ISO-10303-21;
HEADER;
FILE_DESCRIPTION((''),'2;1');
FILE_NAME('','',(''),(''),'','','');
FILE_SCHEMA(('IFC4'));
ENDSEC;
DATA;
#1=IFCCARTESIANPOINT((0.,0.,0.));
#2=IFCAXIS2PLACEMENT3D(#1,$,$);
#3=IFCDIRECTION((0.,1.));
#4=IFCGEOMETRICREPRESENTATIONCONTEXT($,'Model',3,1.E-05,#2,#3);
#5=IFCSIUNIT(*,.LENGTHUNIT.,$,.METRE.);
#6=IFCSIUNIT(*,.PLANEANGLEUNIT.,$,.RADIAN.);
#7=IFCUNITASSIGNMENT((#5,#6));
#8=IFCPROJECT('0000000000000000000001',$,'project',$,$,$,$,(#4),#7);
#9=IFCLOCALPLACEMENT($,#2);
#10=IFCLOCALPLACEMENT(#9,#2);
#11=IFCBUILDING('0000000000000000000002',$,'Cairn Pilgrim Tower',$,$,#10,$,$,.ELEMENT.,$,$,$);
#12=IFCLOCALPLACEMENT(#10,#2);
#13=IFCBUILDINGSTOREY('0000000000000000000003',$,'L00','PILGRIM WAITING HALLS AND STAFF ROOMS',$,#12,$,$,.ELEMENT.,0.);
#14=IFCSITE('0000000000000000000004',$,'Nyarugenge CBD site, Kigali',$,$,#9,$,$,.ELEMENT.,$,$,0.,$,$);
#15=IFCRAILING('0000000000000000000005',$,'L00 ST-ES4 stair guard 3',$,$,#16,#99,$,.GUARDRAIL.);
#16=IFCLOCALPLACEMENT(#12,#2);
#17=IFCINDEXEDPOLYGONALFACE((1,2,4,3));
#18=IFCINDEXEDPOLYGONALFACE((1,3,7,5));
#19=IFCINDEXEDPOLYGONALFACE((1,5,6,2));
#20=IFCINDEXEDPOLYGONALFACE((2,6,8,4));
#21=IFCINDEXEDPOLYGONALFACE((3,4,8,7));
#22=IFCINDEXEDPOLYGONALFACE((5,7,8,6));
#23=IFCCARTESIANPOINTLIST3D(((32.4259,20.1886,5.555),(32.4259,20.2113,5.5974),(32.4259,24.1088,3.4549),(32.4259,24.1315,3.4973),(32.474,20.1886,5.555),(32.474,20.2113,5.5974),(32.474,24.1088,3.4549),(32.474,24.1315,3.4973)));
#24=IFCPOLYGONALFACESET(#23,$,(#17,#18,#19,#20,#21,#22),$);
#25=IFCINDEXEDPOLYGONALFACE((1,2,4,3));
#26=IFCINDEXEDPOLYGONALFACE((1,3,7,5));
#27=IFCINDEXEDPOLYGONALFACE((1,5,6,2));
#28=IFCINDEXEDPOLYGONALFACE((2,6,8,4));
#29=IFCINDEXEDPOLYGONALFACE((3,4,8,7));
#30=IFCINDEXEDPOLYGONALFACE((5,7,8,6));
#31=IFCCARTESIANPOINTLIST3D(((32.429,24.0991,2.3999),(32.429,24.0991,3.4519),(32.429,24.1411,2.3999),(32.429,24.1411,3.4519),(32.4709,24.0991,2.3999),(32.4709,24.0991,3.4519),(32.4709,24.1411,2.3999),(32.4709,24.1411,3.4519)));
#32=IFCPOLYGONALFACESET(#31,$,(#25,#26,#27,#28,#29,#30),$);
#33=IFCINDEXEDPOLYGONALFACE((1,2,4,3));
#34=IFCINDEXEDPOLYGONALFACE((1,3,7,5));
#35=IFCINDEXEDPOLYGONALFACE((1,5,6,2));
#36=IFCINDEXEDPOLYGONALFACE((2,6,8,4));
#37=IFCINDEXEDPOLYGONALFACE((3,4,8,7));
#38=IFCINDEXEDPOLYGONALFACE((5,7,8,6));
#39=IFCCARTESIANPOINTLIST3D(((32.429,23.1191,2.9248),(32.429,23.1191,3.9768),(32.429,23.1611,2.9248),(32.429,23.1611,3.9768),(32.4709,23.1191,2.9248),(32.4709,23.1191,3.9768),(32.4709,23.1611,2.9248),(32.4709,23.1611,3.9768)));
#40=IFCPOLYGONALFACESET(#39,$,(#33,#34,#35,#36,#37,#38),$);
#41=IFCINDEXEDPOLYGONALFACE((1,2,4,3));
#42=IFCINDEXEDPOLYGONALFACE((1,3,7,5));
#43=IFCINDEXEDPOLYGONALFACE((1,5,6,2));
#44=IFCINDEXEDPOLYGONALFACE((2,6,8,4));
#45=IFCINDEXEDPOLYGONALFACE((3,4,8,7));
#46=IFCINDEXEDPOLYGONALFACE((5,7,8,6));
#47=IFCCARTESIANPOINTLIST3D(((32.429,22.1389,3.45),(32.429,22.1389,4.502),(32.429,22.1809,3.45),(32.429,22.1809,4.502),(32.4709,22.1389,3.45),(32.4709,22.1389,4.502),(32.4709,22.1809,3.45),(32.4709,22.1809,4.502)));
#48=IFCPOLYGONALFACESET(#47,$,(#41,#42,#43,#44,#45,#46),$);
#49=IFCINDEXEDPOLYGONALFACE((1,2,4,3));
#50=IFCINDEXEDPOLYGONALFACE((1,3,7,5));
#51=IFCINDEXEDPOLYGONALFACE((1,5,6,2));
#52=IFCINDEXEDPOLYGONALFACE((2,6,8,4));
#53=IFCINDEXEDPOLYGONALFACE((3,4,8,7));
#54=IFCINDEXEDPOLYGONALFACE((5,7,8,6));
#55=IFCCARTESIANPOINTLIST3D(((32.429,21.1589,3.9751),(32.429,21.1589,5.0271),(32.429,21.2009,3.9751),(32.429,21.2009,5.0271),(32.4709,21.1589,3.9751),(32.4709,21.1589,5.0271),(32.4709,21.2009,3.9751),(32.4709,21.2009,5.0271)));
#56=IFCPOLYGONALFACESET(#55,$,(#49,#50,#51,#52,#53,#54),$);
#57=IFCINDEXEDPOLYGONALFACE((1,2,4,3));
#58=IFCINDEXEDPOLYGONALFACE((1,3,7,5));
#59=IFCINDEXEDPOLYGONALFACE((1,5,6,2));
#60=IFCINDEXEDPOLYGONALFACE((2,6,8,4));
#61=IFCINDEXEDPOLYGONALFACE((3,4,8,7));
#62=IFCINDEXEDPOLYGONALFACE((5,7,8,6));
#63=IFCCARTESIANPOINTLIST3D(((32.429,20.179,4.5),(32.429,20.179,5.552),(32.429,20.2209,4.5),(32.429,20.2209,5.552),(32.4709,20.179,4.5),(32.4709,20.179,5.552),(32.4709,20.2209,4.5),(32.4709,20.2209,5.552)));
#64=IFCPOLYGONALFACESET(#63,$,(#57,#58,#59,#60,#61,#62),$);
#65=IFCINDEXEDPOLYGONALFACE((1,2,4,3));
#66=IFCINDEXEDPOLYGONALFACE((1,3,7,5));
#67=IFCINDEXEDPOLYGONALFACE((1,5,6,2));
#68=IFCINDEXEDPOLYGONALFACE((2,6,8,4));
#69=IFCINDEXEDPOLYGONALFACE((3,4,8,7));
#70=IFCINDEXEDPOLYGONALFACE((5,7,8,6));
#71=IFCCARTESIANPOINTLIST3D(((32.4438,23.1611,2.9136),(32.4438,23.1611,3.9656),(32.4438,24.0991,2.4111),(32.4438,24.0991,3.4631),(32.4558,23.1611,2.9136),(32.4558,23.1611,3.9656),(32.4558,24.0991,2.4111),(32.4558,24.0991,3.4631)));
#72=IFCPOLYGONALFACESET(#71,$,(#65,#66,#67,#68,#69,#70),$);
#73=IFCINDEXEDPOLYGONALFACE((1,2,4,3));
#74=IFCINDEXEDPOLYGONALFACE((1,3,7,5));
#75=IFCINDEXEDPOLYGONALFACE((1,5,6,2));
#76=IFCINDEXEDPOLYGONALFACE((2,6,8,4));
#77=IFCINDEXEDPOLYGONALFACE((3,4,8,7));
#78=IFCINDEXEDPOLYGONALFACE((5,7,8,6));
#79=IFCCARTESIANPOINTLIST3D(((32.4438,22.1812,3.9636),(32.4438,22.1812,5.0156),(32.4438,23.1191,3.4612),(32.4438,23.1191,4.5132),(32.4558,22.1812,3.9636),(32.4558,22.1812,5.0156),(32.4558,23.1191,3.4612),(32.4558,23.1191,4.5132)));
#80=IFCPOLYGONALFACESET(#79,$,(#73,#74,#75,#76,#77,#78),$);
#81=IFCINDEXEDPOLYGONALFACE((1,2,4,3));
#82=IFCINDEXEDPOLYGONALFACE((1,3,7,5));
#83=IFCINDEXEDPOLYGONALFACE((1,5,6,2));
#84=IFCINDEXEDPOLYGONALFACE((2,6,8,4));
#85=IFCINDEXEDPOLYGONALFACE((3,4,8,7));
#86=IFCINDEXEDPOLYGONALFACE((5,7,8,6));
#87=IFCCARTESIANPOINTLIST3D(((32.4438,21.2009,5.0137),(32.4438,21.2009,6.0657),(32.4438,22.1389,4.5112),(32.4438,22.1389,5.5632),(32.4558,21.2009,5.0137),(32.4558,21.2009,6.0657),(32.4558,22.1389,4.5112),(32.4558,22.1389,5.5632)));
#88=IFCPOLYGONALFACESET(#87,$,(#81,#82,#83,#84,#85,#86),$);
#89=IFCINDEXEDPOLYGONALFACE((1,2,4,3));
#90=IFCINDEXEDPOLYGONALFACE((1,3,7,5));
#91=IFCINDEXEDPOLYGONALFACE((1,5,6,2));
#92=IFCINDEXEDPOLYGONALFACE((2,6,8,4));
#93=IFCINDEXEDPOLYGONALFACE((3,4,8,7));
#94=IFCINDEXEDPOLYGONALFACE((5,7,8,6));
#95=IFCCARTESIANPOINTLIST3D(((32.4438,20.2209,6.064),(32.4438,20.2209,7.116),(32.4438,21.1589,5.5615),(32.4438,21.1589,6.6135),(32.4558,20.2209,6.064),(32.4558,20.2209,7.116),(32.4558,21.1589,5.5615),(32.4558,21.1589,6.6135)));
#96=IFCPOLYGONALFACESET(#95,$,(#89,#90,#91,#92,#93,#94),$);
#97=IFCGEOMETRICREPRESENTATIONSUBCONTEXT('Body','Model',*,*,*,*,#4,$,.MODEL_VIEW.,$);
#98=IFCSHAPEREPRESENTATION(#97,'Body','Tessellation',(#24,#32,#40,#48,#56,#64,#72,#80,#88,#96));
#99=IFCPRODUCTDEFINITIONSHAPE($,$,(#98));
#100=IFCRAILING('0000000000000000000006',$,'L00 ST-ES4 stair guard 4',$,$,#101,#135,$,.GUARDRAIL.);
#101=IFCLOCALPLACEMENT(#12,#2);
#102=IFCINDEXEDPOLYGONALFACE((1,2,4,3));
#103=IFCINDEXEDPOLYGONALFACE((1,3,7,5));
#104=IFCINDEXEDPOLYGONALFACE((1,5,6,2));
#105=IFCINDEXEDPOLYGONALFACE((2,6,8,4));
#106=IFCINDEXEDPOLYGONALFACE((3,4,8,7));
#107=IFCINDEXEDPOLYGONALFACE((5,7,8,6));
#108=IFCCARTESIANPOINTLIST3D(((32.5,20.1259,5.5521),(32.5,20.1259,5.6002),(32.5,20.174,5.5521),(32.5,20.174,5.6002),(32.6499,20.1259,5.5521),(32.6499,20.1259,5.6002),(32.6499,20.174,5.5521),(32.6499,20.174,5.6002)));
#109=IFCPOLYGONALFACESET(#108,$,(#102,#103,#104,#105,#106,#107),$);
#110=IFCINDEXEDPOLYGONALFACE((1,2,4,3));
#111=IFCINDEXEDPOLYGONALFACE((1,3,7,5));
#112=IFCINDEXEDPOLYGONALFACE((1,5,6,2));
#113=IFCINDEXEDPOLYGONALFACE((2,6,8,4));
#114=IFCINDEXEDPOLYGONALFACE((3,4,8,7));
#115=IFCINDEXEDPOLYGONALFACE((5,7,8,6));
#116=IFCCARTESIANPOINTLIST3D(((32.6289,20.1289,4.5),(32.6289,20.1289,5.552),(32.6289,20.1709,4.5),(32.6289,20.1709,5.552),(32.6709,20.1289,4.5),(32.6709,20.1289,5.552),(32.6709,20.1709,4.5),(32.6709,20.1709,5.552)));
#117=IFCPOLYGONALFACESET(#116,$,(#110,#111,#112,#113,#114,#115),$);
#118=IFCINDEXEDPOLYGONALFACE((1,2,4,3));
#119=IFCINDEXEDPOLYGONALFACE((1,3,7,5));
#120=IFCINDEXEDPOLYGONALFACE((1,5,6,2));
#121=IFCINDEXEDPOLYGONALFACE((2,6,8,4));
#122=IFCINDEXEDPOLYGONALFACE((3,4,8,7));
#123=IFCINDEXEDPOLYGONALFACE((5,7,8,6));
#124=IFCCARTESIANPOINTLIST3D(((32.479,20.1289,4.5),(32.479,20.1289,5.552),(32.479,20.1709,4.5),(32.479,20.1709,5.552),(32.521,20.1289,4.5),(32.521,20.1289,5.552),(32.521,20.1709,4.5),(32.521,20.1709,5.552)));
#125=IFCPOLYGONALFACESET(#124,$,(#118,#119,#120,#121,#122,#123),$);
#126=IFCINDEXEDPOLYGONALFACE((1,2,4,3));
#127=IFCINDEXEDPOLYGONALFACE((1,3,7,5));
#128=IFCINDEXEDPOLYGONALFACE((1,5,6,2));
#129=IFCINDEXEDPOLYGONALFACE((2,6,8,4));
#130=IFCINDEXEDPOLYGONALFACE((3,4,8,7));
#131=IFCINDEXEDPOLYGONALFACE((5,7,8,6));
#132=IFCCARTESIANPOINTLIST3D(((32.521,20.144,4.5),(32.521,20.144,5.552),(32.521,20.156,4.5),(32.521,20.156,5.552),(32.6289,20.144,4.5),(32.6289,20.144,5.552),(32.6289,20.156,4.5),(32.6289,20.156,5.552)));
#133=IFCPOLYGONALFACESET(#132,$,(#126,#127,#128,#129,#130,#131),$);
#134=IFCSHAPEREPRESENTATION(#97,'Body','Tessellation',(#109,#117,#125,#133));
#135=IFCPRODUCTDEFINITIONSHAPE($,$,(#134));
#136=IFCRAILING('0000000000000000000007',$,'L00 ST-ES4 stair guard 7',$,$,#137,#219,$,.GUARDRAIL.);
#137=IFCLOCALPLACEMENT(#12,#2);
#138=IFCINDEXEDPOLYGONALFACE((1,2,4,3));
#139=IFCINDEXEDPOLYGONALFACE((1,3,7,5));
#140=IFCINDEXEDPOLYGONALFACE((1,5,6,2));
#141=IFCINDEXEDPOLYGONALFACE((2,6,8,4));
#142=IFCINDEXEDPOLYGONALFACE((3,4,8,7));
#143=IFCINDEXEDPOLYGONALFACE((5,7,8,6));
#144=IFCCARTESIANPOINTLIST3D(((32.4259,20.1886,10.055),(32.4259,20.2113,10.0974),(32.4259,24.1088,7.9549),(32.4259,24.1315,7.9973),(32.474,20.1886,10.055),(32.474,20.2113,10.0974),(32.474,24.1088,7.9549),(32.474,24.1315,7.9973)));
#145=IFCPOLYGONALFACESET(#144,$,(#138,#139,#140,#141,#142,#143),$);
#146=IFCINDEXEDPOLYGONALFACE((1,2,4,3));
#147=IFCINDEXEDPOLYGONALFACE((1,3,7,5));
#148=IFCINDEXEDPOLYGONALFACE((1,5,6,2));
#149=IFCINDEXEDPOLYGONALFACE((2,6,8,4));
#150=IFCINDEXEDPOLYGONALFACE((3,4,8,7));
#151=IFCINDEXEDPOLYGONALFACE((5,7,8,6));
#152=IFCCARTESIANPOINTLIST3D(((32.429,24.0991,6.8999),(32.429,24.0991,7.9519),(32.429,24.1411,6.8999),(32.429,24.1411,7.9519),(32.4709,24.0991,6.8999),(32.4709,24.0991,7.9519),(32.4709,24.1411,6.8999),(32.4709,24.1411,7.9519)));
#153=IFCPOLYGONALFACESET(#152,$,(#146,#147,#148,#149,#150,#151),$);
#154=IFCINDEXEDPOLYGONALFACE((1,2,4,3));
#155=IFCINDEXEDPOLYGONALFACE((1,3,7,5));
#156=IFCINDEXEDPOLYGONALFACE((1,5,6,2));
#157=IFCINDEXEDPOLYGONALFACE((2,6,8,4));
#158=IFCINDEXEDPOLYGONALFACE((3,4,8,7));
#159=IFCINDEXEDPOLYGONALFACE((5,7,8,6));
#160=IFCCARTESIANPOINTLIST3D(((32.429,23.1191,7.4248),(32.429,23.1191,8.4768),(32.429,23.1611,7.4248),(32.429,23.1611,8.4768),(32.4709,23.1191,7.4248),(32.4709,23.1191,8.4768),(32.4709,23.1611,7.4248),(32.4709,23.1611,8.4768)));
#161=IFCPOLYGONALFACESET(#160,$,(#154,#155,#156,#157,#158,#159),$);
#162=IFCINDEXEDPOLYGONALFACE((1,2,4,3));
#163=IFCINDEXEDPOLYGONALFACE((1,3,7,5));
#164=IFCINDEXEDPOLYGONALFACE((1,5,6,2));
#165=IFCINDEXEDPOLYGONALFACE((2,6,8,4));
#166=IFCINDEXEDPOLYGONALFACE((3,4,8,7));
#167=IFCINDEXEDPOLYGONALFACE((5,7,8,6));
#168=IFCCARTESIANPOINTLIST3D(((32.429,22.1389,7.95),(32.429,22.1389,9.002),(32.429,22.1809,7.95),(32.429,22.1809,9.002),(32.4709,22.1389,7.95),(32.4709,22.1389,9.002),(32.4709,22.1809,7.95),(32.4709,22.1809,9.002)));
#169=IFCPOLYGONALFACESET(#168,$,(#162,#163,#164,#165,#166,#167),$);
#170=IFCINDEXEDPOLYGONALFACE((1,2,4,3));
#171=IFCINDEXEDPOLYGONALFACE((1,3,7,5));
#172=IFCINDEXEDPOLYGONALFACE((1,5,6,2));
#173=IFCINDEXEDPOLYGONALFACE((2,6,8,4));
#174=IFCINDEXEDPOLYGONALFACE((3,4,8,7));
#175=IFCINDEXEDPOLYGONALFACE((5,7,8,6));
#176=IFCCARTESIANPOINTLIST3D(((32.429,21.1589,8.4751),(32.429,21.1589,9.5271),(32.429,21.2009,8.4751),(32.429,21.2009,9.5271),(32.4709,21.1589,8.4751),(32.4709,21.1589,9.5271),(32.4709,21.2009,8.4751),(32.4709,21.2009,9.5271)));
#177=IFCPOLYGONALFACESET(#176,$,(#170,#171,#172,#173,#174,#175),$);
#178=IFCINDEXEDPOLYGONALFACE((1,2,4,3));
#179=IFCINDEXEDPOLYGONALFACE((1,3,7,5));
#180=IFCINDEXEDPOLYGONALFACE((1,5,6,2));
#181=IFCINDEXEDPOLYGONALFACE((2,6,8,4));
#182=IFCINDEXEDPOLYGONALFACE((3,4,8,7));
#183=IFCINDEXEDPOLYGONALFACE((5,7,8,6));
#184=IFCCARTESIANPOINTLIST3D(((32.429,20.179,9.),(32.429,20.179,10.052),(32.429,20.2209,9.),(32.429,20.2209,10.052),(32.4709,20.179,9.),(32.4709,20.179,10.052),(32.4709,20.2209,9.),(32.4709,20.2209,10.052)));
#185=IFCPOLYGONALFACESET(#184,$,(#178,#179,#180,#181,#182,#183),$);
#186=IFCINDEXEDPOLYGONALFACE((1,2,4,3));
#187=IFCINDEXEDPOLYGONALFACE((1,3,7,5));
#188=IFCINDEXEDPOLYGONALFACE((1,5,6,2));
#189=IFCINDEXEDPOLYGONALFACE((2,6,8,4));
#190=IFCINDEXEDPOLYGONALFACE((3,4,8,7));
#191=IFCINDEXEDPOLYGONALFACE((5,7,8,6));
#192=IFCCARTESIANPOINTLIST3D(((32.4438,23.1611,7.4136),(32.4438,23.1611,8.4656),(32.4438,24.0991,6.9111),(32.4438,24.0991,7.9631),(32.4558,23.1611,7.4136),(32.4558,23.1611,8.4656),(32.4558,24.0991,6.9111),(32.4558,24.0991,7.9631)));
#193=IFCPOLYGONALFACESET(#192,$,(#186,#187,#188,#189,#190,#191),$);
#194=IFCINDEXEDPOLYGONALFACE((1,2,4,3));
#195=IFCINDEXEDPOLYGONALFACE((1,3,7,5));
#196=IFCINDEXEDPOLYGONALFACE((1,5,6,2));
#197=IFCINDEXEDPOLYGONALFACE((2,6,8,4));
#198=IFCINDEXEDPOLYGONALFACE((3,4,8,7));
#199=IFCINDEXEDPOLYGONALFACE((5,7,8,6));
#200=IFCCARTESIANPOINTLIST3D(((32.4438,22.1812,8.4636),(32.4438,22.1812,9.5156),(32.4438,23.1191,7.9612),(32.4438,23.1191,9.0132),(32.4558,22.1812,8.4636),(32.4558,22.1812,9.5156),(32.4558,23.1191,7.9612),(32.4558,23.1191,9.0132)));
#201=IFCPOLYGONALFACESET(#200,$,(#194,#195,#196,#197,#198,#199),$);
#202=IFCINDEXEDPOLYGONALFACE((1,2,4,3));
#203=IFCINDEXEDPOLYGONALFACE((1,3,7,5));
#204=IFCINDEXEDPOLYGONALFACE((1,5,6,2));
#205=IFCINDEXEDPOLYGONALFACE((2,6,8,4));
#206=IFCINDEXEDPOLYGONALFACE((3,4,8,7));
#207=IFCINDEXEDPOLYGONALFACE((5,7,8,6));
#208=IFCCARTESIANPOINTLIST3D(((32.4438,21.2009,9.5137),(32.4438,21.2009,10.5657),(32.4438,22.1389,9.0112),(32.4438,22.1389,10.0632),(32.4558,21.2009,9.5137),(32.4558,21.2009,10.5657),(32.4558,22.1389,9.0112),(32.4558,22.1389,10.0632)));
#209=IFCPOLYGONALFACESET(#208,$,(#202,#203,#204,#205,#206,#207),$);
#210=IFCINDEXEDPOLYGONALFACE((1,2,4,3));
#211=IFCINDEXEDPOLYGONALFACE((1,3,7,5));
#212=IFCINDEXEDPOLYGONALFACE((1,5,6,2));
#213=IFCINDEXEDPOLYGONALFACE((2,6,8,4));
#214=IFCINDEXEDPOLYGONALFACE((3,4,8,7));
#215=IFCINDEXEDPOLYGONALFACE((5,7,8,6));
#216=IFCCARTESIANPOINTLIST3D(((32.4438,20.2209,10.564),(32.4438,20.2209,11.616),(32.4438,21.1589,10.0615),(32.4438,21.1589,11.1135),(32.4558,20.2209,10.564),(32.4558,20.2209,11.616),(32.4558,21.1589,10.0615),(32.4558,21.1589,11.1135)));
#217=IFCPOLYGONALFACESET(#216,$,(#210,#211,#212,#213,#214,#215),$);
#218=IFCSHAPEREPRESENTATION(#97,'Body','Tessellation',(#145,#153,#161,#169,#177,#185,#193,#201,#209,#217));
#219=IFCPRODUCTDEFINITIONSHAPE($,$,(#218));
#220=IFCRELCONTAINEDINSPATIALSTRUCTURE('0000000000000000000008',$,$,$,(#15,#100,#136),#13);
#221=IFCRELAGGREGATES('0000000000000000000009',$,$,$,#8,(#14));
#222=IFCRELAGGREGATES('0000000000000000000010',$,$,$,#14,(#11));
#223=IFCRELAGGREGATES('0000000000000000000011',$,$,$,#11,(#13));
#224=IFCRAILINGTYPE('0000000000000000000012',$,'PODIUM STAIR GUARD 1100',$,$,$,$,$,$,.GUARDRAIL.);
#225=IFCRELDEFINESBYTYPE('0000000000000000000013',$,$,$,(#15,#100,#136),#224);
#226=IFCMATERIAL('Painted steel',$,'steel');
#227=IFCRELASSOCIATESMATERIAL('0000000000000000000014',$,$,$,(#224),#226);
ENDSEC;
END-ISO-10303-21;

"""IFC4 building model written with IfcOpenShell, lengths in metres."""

from ifc_helpers import new_model, si_unit, direction, frame, origin, origin_2d, place, context, subcontext, project, spatial, polyline, rectangle, outline, extrude, material, type_object, element, save


model = new_model("IFC4")

# Units and contexts
model_context = context("Model", 3, precision=1e-05, world=origin(), true_north=direction((0.0, 1.0)))
body_context = subcontext(model_context, "Body", "Model", "MODEL_VIEW")
ifc_project = project(units=[si_unit("LENGTHUNIT", "METRE"), si_unit("PLANEANGLEUNIT", "RADIAN")], contexts=[model_context])

# Site, building, storey
site_placement = place(None, origin())
site = spatial("IfcSite", under=ifc_project, at=site_placement, Name="Nyarugenge CBD site, Kigali", CompositionType="ELEMENT", RefElevation=0.0)
building_placement = place(site_placement, origin())
building = spatial("IfcBuilding", under=site, at=building_placement, Name="Cairn Pilgrim Tower", CompositionType="ELEMENT")
storey_placement = place(building_placement, origin())
storey = spatial("IfcBuildingStorey", under=building, at=storey_placement, Name="L00", Description="PILGRIM WAITING HALLS AND STAFF ROOMS", CompositionType="ELEMENT", Elevation=0.0)

# Shared definitions
ifc_material_1 = material(Name="Painted steel", Category="steel")

# Railings
railing_type_1 = type_object("IfcRailingType", Name="PODIUM STAIR GUARD 1100", PredefinedType="GUARDRAIL", material=ifc_material_1)
railing_1_placement = place(storey_placement, frame((32.45, 24.1201, 2.3999)))
element("IfcRailing", 1, at=railing_1_placement, inside=storey, type_object=railing_type_1, Name="L00 ST-ES4 stair guard 3", PredefinedType="GUARDRAIL", context=body_context, shape_type="SweptSolid", body=[
    extrude(rectangle(XDim=0.0481, YDim=0.0481, at=origin_2d()), frame((0.0, 0.0, 1.0762), z_axis=(0.0, -0.881479, 0.472223), x_axis=(1.0, 0.0, 0.0)), (0.0, 0.0, 1.0), 4.4473),
    extrude(rectangle(XDim=0.042, YDim=0.042, at=origin_2d()), origin(), (0.0, 0.0, 1.0), 1.052),
    extrude(rectangle(XDim=0.042, YDim=0.042, at=origin_2d()), frame((0.0, -0.98, 0.5249)), (0.0, 0.0, 1.0), 1.052),
    extrude(rectangle(XDim=0.042, YDim=0.042, at=origin_2d()), frame((0.0, -1.9602, 1.05)), (0.0, 0.0, 1.0), 1.052),
    extrude(rectangle(XDim=0.042, YDim=0.042, at=origin_2d()), frame((0.0, -2.9402, 1.5752)), (0.0, 0.0, 1.0), 1.052),
    extrude(rectangle(XDim=0.042, YDim=0.042, at=origin_2d()), frame((0.0, -3.9202, 2.1001)), (0.0, 0.0, 1.0), 1.052),
    extrude(outline(polyline([(0.021, 0.0112), (0.959, 0.5137), (0.959, 1.5657), (0.021, 1.0632), (0.021, 0.0112)])), frame((0.0059, 0.0, 0.0), z_axis=(-1.0, 0.0, 0.0), x_axis=(0.0, -1.0, 0.0)), (0.0, 0.0, 1.0), 0.012),
    extrude(outline(polyline([(0.021, 0.5364), (0.959, 1.0388), (0.959, 2.0908), (0.021, 1.5884), (0.021, 0.5364)])), frame((0.0059, -0.98, 0.5249), z_axis=(-1.0, 0.0, 0.0), x_axis=(0.0, -1.0, 0.0)), (0.0, 0.0, 1.0), 0.012),
    extrude(outline(polyline([(0.021, 1.0613), (0.959, 1.5637), (0.959, 2.6157), (0.021, 2.1133), (0.021, 1.0613)])), frame((0.0059, -1.9602, 1.05), z_axis=(-1.0, 0.0, 0.0), x_axis=(0.0, -1.0, 0.0)), (0.0, 0.0, 1.0), 0.012),
    extrude(outline(polyline([(0.021, 1.5864), (0.959, 2.0889), (0.959, 3.1409), (0.021, 2.6384), (0.021, 1.5864)])), frame((0.0059, -2.9402, 1.5752), z_axis=(-1.0, 0.0, 0.0), x_axis=(0.0, -1.0, 0.0)), (0.0, 0.0, 1.0), 0.012),
])
railing_2_placement = place(storey_placement, frame((32.6499, 20.1499, 4.5)))
element("IfcRailing", 2, at=railing_2_placement, inside=storey, type_object=railing_type_1, Name="L00 ST-ES4 stair guard 4", PredefinedType="GUARDRAIL", context=body_context, shape_type="SweptSolid", body=[
    extrude(rectangle(XDim=0.0481, YDim=0.0481, at=origin_2d()), frame((0.0, 0.0, 1.0762), z_axis=(-1.0, 0.0, 0.0), x_axis=(0.0, -1.0, 0.0)), (0.0, 0.0, 1.0), 0.1499),
    extrude(rectangle(XDim=0.042, YDim=0.042, at=origin_2d()), origin(), (0.0, 0.0, 1.0), 1.052),
    extrude(rectangle(XDim=0.042, YDim=0.042, at=origin_2d()), frame((-0.1499, 0.0, 0.0)), (0.0, 0.0, 1.0), 1.052),
    extrude(outline(polyline([(0.021, 0.0), (0.1289, 0.0), (0.1289, 1.052), (0.021, 1.052), (0.021, 0.0)])), frame((0.0, -0.0059, 0.0), z_axis=(0.0, 1.0, 0.0), x_axis=(-1.0, 0.0, 0.0)), (0.0, 0.0, 1.0), 0.012),
])
railing_3_placement = place(storey_placement, frame((32.45, 24.1201, 6.8999)))
element("IfcRailing", 3, at=railing_3_placement, inside=storey, type_object=railing_type_1, Name="L00 ST-ES4 stair guard 7", PredefinedType="GUARDRAIL", context=body_context, shape_type="SweptSolid", body=[
    extrude(rectangle(XDim=0.0481, YDim=0.0481, at=origin_2d()), frame((0.0, 0.0, 1.0762), z_axis=(0.0, -0.881479, 0.472223), x_axis=(1.0, 0.0, 0.0)), (0.0, 0.0, 1.0), 4.4473),
    extrude(rectangle(XDim=0.042, YDim=0.042, at=origin_2d()), origin(), (0.0, 0.0, 1.0), 1.052),
    extrude(rectangle(XDim=0.042, YDim=0.042, at=origin_2d()), frame((0.0, -0.98, 0.5249)), (0.0, 0.0, 1.0), 1.052),
    extrude(rectangle(XDim=0.042, YDim=0.042, at=origin_2d()), frame((0.0, -1.9602, 1.05)), (0.0, 0.0, 1.0), 1.052),
    extrude(rectangle(XDim=0.042, YDim=0.042, at=origin_2d()), frame((0.0, -2.9402, 1.5752)), (0.0, 0.0, 1.0), 1.052),
    extrude(rectangle(XDim=0.042, YDim=0.042, at=origin_2d()), frame((0.0, -3.9202, 2.1001)), (0.0, 0.0, 1.0), 1.052),
    extrude(outline(polyline([(0.021, 0.0112), (0.959, 0.5137), (0.959, 1.5657), (0.021, 1.0632), (0.021, 0.0112)])), frame((0.0059, 0.0, 0.0), z_axis=(-1.0, 0.0, 0.0), x_axis=(0.0, -1.0, 0.0)), (0.0, 0.0, 1.0), 0.012),
    extrude(outline(polyline([(0.021, 0.5364), (0.959, 1.0388), (0.959, 2.0908), (0.021, 1.5884), (0.021, 0.5364)])), frame((0.0059, -0.98, 0.5249), z_axis=(-1.0, 0.0, 0.0), x_axis=(0.0, -1.0, 0.0)), (0.0, 0.0, 1.0), 0.012),
    extrude(outline(polyline([(0.021, 1.0613), (0.959, 1.5637), (0.959, 2.6157), (0.021, 2.1133), (0.021, 1.0613)])), frame((0.0059, -1.9602, 1.05), z_axis=(-1.0, 0.0, 0.0), x_axis=(0.0, -1.0, 0.0)), (0.0, 0.0, 1.0), 0.012),
    extrude(outline(polyline([(0.021, 1.5864), (0.959, 2.0889), (0.959, 3.1409), (0.021, 2.6384), (0.021, 1.5864)])), frame((0.0059, -2.9402, 1.5752), z_axis=(-1.0, 0.0, 0.0), x_axis=(0.0, -1.0, 0.0)), (0.0, 0.0, 1.0), 0.012),
])

save(model, "model.ifc")
